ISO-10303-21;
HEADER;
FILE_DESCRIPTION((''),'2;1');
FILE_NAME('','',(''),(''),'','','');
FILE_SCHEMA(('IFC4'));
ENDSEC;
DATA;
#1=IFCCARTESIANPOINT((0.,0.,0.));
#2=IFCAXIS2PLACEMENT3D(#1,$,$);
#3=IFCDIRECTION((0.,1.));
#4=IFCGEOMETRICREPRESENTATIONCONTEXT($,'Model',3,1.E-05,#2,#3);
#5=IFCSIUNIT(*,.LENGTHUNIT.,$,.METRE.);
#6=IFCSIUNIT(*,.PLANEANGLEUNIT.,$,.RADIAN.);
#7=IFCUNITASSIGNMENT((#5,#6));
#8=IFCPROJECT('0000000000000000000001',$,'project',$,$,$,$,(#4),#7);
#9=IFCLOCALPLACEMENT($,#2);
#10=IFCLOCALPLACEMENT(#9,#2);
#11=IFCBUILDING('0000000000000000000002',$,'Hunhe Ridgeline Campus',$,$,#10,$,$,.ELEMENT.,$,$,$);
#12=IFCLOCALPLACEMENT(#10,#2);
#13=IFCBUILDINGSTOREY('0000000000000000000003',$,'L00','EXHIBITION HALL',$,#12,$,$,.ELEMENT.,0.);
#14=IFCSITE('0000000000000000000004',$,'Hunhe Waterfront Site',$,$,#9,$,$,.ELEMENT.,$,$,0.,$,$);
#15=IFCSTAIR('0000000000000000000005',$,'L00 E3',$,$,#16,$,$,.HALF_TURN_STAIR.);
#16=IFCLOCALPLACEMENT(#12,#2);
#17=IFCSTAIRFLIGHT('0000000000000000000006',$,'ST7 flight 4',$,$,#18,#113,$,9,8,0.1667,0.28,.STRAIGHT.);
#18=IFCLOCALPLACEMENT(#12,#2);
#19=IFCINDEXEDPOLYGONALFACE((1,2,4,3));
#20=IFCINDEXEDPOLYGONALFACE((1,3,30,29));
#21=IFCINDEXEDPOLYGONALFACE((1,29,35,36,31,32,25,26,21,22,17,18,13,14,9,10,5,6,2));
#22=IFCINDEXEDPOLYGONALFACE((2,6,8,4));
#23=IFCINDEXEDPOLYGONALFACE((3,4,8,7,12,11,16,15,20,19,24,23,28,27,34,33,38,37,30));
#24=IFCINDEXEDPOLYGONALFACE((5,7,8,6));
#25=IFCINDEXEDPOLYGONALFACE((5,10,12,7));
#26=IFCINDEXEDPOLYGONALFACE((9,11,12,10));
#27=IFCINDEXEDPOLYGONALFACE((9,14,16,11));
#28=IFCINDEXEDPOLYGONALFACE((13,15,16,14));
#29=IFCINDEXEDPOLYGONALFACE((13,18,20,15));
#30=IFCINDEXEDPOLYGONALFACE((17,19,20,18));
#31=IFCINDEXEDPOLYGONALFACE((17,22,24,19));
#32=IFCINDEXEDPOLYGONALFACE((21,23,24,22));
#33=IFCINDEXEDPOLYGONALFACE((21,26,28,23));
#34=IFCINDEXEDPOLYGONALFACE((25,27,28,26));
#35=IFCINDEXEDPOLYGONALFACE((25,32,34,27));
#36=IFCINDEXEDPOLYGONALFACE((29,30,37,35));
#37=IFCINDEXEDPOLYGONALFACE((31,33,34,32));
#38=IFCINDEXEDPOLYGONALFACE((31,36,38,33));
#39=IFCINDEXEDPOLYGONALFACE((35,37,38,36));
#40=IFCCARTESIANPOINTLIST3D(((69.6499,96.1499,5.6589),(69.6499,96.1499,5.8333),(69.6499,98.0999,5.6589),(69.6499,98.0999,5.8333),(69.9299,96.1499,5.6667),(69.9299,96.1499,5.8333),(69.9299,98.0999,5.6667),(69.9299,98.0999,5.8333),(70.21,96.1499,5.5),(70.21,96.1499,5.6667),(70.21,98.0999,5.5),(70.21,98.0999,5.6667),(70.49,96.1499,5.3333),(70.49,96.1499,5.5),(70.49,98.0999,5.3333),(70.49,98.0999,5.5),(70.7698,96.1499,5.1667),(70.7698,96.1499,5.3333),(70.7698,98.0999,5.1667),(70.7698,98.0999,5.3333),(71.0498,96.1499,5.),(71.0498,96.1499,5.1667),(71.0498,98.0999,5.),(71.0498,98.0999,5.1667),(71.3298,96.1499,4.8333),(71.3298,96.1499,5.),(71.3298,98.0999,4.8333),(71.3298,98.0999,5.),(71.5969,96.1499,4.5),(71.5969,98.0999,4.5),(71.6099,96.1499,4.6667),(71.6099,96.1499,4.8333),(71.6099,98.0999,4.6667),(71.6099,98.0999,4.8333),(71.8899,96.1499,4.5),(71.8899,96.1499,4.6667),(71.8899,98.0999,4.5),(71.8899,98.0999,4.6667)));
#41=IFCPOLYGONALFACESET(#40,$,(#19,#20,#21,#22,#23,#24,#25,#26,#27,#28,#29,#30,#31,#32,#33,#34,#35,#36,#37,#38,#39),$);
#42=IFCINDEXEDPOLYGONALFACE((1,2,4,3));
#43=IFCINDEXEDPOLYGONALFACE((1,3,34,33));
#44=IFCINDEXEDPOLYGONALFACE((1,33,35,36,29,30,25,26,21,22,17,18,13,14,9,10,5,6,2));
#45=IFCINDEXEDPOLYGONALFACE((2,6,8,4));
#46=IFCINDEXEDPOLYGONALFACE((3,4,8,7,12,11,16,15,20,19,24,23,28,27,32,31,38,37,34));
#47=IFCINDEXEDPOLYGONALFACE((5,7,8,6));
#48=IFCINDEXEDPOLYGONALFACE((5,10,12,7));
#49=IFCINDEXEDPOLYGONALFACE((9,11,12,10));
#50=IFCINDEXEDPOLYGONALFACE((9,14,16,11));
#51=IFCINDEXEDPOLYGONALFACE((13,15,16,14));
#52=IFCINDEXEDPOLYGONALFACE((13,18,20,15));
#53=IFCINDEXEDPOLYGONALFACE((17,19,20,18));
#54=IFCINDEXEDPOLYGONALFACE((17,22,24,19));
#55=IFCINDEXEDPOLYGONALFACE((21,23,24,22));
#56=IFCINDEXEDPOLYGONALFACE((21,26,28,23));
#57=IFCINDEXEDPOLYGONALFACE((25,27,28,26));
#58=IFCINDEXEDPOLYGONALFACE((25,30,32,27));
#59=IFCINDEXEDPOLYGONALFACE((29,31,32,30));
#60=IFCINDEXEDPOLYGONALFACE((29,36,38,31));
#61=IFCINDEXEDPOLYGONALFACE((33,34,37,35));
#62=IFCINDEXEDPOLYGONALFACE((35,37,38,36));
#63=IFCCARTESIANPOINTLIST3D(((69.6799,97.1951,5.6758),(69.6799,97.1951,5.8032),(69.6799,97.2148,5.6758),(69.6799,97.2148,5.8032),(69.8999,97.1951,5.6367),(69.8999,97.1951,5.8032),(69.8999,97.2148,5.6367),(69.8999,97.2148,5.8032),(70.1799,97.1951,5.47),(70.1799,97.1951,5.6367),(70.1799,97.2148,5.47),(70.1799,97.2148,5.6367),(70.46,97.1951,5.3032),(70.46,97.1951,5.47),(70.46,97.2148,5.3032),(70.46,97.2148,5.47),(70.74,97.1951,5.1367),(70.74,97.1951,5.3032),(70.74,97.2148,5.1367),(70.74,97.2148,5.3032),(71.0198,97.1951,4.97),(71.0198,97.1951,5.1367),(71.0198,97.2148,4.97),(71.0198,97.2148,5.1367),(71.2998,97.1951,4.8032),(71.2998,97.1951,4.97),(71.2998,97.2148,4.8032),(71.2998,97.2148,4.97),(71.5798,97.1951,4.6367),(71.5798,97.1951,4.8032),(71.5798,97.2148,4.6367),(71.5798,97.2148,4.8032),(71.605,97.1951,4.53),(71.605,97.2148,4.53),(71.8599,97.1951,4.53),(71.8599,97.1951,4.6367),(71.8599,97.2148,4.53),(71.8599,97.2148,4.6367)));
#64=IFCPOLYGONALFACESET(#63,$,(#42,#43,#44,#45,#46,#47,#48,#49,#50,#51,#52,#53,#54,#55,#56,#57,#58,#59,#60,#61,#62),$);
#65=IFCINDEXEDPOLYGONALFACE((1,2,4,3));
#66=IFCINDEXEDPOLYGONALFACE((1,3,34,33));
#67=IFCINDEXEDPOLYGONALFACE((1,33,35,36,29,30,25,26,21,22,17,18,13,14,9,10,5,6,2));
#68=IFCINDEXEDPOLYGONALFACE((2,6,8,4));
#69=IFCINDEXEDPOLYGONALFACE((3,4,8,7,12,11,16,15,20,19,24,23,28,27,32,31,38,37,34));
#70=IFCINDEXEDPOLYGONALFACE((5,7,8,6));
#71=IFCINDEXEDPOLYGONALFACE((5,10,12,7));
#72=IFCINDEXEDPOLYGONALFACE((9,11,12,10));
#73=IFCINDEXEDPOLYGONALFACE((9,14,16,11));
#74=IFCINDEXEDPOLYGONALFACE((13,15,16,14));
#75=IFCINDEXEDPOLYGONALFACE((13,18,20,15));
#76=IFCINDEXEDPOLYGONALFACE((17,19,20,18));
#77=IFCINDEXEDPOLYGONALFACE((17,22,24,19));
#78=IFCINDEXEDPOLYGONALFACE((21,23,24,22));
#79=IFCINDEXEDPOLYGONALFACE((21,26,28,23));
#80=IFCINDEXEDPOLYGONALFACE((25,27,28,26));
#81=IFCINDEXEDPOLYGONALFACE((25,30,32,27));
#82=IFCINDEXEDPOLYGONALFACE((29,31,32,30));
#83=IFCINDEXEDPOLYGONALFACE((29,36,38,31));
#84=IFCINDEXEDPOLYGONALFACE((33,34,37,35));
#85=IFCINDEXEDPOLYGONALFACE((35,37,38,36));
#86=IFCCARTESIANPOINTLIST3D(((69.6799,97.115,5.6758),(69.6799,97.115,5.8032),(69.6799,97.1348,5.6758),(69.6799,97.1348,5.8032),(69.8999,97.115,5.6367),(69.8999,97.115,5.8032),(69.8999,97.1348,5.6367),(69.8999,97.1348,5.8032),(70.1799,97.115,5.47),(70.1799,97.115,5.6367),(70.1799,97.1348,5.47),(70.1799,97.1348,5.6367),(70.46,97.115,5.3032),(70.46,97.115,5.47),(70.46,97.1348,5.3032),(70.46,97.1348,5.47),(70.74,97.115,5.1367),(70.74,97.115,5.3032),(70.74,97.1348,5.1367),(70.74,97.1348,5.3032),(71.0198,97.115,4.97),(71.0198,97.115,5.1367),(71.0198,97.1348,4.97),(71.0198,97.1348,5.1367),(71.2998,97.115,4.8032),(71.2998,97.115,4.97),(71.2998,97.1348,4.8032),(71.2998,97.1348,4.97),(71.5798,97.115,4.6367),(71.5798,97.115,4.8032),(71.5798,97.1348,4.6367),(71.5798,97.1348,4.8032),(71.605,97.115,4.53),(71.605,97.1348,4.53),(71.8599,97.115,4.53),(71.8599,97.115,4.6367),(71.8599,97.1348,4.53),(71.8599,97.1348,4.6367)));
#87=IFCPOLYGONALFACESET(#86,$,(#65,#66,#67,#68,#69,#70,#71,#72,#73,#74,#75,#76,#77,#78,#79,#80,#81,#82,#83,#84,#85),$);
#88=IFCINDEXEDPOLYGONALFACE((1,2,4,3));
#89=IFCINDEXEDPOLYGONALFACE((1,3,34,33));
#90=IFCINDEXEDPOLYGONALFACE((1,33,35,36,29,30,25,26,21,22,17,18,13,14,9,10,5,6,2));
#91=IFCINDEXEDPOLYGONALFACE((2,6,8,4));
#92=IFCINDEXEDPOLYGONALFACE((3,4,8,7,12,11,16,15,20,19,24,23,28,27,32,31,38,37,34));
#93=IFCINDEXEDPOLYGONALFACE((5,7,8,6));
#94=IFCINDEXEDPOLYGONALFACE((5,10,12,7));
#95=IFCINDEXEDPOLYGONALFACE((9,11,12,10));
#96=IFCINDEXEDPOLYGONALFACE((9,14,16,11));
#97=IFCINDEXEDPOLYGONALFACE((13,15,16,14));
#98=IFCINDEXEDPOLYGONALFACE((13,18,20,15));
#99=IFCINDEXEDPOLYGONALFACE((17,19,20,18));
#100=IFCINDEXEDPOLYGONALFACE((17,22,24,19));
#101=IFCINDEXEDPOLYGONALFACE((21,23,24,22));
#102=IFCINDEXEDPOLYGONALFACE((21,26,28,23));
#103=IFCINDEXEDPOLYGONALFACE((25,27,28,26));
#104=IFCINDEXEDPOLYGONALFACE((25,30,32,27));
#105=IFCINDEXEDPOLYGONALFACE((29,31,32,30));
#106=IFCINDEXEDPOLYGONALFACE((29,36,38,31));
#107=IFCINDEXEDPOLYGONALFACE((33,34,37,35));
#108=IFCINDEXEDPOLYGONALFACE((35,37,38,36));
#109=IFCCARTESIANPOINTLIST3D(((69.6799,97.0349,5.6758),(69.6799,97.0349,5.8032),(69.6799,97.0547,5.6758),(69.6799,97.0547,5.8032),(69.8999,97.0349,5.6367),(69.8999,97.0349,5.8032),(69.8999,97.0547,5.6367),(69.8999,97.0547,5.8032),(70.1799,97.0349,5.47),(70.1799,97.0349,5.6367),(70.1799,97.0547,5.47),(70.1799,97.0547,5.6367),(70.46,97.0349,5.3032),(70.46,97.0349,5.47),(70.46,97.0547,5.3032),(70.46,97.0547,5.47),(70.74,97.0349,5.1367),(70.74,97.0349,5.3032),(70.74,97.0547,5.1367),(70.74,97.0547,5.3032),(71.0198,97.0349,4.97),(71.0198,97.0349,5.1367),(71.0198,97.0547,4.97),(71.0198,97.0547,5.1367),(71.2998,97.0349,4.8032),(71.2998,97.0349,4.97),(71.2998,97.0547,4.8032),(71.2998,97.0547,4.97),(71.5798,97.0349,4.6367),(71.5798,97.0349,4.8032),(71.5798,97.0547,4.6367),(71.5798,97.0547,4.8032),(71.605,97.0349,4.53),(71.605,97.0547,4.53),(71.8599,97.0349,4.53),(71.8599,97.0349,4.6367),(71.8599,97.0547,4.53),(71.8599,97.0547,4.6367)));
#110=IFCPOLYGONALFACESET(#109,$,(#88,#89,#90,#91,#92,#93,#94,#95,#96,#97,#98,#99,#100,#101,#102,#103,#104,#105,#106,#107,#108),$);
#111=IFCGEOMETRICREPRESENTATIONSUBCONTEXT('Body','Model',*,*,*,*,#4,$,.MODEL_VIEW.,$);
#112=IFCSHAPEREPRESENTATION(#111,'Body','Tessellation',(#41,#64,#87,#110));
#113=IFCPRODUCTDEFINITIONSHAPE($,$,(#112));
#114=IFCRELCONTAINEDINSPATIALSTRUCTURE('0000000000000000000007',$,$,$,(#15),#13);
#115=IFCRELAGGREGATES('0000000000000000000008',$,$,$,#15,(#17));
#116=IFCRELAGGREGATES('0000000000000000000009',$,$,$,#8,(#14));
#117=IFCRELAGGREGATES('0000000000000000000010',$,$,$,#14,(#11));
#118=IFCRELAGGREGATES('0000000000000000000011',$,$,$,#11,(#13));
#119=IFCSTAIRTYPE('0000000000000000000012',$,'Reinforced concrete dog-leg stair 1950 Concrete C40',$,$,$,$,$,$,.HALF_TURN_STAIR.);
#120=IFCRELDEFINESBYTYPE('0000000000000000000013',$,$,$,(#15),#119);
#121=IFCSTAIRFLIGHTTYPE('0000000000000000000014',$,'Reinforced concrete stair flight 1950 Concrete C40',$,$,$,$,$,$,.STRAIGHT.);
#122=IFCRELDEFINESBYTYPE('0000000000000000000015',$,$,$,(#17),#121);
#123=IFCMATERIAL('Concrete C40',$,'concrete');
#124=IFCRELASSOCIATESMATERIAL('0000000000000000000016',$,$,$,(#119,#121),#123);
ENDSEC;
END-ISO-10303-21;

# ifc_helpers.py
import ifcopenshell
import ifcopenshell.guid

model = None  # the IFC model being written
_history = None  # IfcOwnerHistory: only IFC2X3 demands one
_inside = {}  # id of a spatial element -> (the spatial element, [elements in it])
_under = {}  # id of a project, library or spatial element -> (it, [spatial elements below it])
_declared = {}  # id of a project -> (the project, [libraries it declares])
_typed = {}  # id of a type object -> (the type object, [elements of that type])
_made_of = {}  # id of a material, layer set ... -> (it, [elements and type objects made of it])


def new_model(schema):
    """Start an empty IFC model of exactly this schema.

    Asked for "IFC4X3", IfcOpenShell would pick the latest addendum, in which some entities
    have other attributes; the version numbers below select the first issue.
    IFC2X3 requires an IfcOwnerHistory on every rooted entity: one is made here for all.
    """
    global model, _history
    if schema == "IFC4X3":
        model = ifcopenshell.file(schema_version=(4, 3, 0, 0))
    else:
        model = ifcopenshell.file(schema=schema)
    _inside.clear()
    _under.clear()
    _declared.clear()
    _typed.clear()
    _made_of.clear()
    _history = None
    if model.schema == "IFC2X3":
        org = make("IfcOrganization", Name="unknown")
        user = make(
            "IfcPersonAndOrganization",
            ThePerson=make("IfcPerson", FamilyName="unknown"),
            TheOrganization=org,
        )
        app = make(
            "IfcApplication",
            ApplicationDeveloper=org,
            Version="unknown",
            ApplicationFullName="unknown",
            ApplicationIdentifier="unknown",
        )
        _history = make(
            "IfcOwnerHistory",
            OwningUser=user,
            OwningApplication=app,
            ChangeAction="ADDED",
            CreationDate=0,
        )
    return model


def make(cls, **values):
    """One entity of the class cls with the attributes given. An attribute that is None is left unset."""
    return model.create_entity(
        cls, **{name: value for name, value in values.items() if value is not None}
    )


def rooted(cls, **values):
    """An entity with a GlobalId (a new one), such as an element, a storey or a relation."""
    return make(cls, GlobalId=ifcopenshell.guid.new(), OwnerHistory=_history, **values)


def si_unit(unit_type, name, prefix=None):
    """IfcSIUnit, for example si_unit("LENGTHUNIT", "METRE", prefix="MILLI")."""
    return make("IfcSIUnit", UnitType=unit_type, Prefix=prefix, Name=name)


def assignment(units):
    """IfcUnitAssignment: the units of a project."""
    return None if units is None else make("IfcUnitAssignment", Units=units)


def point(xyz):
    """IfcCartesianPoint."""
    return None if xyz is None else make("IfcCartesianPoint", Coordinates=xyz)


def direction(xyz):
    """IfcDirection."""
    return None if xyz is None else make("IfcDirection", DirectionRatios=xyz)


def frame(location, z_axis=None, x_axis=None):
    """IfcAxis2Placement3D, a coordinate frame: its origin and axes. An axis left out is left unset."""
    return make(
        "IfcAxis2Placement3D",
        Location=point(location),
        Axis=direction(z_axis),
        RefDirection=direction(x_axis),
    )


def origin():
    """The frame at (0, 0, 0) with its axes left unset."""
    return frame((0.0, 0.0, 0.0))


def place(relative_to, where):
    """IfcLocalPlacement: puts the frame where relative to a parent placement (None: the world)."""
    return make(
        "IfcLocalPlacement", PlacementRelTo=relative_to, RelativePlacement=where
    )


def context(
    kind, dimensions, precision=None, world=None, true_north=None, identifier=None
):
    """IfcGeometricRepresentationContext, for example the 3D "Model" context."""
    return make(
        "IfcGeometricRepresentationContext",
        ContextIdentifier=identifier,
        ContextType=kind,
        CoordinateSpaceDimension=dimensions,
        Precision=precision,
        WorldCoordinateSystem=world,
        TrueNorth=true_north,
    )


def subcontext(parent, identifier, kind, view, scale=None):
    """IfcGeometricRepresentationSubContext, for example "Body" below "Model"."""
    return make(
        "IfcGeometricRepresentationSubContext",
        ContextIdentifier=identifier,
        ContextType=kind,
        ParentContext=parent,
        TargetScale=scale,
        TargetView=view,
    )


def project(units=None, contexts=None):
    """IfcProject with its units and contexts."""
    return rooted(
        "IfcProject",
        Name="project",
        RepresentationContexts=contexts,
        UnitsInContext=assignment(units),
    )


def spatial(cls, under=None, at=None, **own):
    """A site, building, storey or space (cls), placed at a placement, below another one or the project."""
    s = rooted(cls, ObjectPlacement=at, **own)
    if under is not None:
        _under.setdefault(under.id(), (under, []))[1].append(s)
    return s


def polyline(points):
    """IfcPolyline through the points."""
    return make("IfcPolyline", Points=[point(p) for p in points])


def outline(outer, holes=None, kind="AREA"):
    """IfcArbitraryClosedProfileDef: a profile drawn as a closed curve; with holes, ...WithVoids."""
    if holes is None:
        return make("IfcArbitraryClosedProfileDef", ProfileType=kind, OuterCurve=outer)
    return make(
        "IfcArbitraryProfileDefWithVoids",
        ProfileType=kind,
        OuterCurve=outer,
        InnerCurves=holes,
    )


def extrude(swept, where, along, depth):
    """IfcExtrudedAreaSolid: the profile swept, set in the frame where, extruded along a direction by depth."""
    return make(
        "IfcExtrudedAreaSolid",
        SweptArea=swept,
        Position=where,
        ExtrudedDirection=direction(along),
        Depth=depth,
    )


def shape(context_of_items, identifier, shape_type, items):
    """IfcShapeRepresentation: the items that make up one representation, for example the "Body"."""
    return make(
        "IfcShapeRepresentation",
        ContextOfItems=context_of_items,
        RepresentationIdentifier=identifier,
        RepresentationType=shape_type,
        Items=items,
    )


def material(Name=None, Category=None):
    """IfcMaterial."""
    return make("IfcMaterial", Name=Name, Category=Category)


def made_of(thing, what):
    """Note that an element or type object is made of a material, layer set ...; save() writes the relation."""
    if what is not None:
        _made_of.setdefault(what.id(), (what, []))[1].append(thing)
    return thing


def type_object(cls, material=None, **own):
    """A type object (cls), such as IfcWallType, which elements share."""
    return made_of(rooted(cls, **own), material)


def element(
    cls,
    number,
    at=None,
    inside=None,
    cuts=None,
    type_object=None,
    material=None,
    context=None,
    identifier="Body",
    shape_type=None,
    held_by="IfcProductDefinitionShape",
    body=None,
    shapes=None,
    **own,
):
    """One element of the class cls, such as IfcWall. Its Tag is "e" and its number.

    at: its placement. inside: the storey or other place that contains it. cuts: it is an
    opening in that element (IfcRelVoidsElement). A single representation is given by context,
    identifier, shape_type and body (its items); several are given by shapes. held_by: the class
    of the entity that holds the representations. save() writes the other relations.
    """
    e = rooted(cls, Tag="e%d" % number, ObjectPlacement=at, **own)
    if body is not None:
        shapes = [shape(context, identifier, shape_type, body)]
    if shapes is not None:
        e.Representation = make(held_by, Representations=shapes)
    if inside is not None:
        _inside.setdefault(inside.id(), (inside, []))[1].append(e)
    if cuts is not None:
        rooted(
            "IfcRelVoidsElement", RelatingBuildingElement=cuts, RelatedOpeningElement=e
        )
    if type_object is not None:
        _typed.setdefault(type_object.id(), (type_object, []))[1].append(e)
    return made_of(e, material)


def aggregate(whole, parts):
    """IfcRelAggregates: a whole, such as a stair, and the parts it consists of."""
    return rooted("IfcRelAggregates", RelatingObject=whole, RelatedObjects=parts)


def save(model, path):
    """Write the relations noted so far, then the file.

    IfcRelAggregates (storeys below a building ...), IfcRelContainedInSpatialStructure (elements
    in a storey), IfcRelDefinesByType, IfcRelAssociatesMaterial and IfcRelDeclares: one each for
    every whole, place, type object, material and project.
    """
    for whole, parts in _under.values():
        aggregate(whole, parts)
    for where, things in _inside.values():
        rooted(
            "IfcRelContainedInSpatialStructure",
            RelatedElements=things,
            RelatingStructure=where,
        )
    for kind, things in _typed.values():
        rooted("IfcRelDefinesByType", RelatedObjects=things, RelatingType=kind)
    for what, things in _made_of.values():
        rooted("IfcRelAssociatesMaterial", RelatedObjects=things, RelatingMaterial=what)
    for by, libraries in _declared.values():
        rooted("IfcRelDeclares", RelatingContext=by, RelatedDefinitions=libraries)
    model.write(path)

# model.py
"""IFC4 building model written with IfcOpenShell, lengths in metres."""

from ifc_helpers import new_model, si_unit, direction, frame, origin, place, context, subcontext, project, spatial, polyline, outline, extrude, material, type_object, element, aggregate, save


model = new_model("IFC4")

# Units and contexts
model_context = context("Model", 3, precision=1e-05, world=origin(), true_north=direction((0.0, 1.0)))
body_context = subcontext(model_context, "Body", "Model", "MODEL_VIEW")
ifc_project = project(units=[si_unit("LENGTHUNIT", "METRE"), si_unit("PLANEANGLEUNIT", "RADIAN")], contexts=[model_context])

# Site, building, storey
site_placement = place(None, origin())
site = spatial("IfcSite", under=ifc_project, at=site_placement, Name="Hunhe Waterfront Site", CompositionType="ELEMENT", RefElevation=0.0)
building_placement = place(site_placement, origin())
building = spatial("IfcBuilding", under=site, at=building_placement, Name="Hunhe Ridgeline Campus", CompositionType="ELEMENT")
storey_placement = place(building_placement, origin())
storey = spatial("IfcBuildingStorey", under=building, at=storey_placement, Name="L00", Description="EXHIBITION HALL", CompositionType="ELEMENT", Elevation=0.0)

# Stair, stair flight
ifc_material_1 = material(Name="Concrete C40", Category="concrete")
stair_type = type_object("IfcStairType", Name="Reinforced concrete dog-leg stair 1950 Concrete C40", PredefinedType="HALF_TURN_STAIR", material=ifc_material_1)
stair_flight_type = type_object("IfcStairFlightType", Name="Reinforced concrete stair flight 1950 Concrete C40", PredefinedType="STRAIGHT", material=ifc_material_1)
stair_1_placement = place(storey_placement, origin())
stair_1 = element("IfcStair", 1, at=stair_1_placement, inside=storey, type_object=stair_type, Name="L00 E3", PredefinedType="HALF_TURN_STAIR")
stair_flight_1_placement = place(storey_placement, frame((71.8899, 97.125, 4.5), z_axis=(0.0, 0.0, 1.0), x_axis=(-1.0, 0.0, 0.0)))
stair_flight_1 = element("IfcStairFlight", 2, at=stair_flight_1_placement, type_object=stair_flight_type, Name="ST7 flight 4", NumberOfRisers=9, NumberOfTreads=8, PredefinedType="STRAIGHT", RiserHeight=0.1667, TreadLength=0.28, context=body_context, shape_type="SweptSolid", body=[
    extrude(outline(polyline([(0.0, 0.0), (0.0, 0.1667), (0.28, 0.1667), (0.28, 0.3333), (0.5601, 0.3333), (0.5601, 0.5), (0.8401, 0.5), (0.8401, 0.6667), (1.1201, 0.6667), (1.1201, 0.8333), (1.3999, 0.8333), (1.3999, 1.0), (1.6799, 1.0), (1.6799, 1.1667), (1.96, 1.1667), (1.96, 1.3333), (2.24, 1.3333), (2.24, 1.5), (2.24, 1.1589), (0.293, 0.0), (0.0, 0.0)])), frame((0.0, 0.9751, 0.0), z_axis=(0.0, -1.0, 0.0), x_axis=(1.0, 0.0, 0.0)), (0.0, 0.0, 1.0), 1.95),
    extrude(outline(polyline([(0.03, 0.03), (0.03, 0.1367), (0.3101, 0.1367), (0.3101, 0.3032), (0.5901, 0.3032), (0.5901, 0.47), (0.8701, 0.47), (0.8701, 0.6367), (1.1499, 0.6367), (1.1499, 0.8032), (1.4299, 0.8032), (1.4299, 0.97), (1.71, 0.97), (1.71, 1.1367), (1.99, 1.1367), (1.99, 1.3032), (2.21, 1.3032), (2.21, 1.1758), (0.2849, 0.03), (0.03, 0.03)])), frame((0.0, -0.0701, 0.0), z_axis=(0.0, -1.0, 0.0), x_axis=(1.0, 0.0, 0.0)), (0.0, 0.0, 1.0), 0.0198),
    extrude(outline(polyline([(0.03, 0.03), (0.03, 0.1367), (0.3101, 0.1367), (0.3101, 0.3032), (0.5901, 0.3032), (0.5901, 0.47), (0.8701, 0.47), (0.8701, 0.6367), (1.1499, 0.6367), (1.1499, 0.8032), (1.4299, 0.8032), (1.4299, 0.97), (1.71, 0.97), (1.71, 1.1367), (1.99, 1.1367), (1.99, 1.3032), (2.21, 1.3032), (2.21, 1.1758), (0.2849, 0.03), (0.03, 0.03)])), frame((0.0, 0.01, 0.0), z_axis=(0.0, -1.0, 0.0), x_axis=(1.0, 0.0, 0.0)), (0.0, 0.0, 1.0), 0.0198),
    extrude(outline(polyline([(0.03, 0.03), (0.03, 0.1367), (0.3101, 0.1367), (0.3101, 0.3032), (0.5901, 0.3032), (0.5901, 0.47), (0.8701, 0.47), (0.8701, 0.6367), (1.1499, 0.6367), (1.1499, 0.8032), (1.4299, 0.8032), (1.4299, 0.97), (1.71, 0.97), (1.71, 1.1367), (1.99, 1.1367), (1.99, 1.3032), (2.21, 1.3032), (2.21, 1.1758), (0.2849, 0.03), (0.03, 0.03)])), frame((0.0, 0.0901, 0.0), z_axis=(0.0, -1.0, 0.0), x_axis=(1.0, 0.0, 0.0)), (0.0, 0.0, 1.0), 0.0198),
])
aggregate(stair_1, [stair_flight_1])

save(model, "model.ifc")
